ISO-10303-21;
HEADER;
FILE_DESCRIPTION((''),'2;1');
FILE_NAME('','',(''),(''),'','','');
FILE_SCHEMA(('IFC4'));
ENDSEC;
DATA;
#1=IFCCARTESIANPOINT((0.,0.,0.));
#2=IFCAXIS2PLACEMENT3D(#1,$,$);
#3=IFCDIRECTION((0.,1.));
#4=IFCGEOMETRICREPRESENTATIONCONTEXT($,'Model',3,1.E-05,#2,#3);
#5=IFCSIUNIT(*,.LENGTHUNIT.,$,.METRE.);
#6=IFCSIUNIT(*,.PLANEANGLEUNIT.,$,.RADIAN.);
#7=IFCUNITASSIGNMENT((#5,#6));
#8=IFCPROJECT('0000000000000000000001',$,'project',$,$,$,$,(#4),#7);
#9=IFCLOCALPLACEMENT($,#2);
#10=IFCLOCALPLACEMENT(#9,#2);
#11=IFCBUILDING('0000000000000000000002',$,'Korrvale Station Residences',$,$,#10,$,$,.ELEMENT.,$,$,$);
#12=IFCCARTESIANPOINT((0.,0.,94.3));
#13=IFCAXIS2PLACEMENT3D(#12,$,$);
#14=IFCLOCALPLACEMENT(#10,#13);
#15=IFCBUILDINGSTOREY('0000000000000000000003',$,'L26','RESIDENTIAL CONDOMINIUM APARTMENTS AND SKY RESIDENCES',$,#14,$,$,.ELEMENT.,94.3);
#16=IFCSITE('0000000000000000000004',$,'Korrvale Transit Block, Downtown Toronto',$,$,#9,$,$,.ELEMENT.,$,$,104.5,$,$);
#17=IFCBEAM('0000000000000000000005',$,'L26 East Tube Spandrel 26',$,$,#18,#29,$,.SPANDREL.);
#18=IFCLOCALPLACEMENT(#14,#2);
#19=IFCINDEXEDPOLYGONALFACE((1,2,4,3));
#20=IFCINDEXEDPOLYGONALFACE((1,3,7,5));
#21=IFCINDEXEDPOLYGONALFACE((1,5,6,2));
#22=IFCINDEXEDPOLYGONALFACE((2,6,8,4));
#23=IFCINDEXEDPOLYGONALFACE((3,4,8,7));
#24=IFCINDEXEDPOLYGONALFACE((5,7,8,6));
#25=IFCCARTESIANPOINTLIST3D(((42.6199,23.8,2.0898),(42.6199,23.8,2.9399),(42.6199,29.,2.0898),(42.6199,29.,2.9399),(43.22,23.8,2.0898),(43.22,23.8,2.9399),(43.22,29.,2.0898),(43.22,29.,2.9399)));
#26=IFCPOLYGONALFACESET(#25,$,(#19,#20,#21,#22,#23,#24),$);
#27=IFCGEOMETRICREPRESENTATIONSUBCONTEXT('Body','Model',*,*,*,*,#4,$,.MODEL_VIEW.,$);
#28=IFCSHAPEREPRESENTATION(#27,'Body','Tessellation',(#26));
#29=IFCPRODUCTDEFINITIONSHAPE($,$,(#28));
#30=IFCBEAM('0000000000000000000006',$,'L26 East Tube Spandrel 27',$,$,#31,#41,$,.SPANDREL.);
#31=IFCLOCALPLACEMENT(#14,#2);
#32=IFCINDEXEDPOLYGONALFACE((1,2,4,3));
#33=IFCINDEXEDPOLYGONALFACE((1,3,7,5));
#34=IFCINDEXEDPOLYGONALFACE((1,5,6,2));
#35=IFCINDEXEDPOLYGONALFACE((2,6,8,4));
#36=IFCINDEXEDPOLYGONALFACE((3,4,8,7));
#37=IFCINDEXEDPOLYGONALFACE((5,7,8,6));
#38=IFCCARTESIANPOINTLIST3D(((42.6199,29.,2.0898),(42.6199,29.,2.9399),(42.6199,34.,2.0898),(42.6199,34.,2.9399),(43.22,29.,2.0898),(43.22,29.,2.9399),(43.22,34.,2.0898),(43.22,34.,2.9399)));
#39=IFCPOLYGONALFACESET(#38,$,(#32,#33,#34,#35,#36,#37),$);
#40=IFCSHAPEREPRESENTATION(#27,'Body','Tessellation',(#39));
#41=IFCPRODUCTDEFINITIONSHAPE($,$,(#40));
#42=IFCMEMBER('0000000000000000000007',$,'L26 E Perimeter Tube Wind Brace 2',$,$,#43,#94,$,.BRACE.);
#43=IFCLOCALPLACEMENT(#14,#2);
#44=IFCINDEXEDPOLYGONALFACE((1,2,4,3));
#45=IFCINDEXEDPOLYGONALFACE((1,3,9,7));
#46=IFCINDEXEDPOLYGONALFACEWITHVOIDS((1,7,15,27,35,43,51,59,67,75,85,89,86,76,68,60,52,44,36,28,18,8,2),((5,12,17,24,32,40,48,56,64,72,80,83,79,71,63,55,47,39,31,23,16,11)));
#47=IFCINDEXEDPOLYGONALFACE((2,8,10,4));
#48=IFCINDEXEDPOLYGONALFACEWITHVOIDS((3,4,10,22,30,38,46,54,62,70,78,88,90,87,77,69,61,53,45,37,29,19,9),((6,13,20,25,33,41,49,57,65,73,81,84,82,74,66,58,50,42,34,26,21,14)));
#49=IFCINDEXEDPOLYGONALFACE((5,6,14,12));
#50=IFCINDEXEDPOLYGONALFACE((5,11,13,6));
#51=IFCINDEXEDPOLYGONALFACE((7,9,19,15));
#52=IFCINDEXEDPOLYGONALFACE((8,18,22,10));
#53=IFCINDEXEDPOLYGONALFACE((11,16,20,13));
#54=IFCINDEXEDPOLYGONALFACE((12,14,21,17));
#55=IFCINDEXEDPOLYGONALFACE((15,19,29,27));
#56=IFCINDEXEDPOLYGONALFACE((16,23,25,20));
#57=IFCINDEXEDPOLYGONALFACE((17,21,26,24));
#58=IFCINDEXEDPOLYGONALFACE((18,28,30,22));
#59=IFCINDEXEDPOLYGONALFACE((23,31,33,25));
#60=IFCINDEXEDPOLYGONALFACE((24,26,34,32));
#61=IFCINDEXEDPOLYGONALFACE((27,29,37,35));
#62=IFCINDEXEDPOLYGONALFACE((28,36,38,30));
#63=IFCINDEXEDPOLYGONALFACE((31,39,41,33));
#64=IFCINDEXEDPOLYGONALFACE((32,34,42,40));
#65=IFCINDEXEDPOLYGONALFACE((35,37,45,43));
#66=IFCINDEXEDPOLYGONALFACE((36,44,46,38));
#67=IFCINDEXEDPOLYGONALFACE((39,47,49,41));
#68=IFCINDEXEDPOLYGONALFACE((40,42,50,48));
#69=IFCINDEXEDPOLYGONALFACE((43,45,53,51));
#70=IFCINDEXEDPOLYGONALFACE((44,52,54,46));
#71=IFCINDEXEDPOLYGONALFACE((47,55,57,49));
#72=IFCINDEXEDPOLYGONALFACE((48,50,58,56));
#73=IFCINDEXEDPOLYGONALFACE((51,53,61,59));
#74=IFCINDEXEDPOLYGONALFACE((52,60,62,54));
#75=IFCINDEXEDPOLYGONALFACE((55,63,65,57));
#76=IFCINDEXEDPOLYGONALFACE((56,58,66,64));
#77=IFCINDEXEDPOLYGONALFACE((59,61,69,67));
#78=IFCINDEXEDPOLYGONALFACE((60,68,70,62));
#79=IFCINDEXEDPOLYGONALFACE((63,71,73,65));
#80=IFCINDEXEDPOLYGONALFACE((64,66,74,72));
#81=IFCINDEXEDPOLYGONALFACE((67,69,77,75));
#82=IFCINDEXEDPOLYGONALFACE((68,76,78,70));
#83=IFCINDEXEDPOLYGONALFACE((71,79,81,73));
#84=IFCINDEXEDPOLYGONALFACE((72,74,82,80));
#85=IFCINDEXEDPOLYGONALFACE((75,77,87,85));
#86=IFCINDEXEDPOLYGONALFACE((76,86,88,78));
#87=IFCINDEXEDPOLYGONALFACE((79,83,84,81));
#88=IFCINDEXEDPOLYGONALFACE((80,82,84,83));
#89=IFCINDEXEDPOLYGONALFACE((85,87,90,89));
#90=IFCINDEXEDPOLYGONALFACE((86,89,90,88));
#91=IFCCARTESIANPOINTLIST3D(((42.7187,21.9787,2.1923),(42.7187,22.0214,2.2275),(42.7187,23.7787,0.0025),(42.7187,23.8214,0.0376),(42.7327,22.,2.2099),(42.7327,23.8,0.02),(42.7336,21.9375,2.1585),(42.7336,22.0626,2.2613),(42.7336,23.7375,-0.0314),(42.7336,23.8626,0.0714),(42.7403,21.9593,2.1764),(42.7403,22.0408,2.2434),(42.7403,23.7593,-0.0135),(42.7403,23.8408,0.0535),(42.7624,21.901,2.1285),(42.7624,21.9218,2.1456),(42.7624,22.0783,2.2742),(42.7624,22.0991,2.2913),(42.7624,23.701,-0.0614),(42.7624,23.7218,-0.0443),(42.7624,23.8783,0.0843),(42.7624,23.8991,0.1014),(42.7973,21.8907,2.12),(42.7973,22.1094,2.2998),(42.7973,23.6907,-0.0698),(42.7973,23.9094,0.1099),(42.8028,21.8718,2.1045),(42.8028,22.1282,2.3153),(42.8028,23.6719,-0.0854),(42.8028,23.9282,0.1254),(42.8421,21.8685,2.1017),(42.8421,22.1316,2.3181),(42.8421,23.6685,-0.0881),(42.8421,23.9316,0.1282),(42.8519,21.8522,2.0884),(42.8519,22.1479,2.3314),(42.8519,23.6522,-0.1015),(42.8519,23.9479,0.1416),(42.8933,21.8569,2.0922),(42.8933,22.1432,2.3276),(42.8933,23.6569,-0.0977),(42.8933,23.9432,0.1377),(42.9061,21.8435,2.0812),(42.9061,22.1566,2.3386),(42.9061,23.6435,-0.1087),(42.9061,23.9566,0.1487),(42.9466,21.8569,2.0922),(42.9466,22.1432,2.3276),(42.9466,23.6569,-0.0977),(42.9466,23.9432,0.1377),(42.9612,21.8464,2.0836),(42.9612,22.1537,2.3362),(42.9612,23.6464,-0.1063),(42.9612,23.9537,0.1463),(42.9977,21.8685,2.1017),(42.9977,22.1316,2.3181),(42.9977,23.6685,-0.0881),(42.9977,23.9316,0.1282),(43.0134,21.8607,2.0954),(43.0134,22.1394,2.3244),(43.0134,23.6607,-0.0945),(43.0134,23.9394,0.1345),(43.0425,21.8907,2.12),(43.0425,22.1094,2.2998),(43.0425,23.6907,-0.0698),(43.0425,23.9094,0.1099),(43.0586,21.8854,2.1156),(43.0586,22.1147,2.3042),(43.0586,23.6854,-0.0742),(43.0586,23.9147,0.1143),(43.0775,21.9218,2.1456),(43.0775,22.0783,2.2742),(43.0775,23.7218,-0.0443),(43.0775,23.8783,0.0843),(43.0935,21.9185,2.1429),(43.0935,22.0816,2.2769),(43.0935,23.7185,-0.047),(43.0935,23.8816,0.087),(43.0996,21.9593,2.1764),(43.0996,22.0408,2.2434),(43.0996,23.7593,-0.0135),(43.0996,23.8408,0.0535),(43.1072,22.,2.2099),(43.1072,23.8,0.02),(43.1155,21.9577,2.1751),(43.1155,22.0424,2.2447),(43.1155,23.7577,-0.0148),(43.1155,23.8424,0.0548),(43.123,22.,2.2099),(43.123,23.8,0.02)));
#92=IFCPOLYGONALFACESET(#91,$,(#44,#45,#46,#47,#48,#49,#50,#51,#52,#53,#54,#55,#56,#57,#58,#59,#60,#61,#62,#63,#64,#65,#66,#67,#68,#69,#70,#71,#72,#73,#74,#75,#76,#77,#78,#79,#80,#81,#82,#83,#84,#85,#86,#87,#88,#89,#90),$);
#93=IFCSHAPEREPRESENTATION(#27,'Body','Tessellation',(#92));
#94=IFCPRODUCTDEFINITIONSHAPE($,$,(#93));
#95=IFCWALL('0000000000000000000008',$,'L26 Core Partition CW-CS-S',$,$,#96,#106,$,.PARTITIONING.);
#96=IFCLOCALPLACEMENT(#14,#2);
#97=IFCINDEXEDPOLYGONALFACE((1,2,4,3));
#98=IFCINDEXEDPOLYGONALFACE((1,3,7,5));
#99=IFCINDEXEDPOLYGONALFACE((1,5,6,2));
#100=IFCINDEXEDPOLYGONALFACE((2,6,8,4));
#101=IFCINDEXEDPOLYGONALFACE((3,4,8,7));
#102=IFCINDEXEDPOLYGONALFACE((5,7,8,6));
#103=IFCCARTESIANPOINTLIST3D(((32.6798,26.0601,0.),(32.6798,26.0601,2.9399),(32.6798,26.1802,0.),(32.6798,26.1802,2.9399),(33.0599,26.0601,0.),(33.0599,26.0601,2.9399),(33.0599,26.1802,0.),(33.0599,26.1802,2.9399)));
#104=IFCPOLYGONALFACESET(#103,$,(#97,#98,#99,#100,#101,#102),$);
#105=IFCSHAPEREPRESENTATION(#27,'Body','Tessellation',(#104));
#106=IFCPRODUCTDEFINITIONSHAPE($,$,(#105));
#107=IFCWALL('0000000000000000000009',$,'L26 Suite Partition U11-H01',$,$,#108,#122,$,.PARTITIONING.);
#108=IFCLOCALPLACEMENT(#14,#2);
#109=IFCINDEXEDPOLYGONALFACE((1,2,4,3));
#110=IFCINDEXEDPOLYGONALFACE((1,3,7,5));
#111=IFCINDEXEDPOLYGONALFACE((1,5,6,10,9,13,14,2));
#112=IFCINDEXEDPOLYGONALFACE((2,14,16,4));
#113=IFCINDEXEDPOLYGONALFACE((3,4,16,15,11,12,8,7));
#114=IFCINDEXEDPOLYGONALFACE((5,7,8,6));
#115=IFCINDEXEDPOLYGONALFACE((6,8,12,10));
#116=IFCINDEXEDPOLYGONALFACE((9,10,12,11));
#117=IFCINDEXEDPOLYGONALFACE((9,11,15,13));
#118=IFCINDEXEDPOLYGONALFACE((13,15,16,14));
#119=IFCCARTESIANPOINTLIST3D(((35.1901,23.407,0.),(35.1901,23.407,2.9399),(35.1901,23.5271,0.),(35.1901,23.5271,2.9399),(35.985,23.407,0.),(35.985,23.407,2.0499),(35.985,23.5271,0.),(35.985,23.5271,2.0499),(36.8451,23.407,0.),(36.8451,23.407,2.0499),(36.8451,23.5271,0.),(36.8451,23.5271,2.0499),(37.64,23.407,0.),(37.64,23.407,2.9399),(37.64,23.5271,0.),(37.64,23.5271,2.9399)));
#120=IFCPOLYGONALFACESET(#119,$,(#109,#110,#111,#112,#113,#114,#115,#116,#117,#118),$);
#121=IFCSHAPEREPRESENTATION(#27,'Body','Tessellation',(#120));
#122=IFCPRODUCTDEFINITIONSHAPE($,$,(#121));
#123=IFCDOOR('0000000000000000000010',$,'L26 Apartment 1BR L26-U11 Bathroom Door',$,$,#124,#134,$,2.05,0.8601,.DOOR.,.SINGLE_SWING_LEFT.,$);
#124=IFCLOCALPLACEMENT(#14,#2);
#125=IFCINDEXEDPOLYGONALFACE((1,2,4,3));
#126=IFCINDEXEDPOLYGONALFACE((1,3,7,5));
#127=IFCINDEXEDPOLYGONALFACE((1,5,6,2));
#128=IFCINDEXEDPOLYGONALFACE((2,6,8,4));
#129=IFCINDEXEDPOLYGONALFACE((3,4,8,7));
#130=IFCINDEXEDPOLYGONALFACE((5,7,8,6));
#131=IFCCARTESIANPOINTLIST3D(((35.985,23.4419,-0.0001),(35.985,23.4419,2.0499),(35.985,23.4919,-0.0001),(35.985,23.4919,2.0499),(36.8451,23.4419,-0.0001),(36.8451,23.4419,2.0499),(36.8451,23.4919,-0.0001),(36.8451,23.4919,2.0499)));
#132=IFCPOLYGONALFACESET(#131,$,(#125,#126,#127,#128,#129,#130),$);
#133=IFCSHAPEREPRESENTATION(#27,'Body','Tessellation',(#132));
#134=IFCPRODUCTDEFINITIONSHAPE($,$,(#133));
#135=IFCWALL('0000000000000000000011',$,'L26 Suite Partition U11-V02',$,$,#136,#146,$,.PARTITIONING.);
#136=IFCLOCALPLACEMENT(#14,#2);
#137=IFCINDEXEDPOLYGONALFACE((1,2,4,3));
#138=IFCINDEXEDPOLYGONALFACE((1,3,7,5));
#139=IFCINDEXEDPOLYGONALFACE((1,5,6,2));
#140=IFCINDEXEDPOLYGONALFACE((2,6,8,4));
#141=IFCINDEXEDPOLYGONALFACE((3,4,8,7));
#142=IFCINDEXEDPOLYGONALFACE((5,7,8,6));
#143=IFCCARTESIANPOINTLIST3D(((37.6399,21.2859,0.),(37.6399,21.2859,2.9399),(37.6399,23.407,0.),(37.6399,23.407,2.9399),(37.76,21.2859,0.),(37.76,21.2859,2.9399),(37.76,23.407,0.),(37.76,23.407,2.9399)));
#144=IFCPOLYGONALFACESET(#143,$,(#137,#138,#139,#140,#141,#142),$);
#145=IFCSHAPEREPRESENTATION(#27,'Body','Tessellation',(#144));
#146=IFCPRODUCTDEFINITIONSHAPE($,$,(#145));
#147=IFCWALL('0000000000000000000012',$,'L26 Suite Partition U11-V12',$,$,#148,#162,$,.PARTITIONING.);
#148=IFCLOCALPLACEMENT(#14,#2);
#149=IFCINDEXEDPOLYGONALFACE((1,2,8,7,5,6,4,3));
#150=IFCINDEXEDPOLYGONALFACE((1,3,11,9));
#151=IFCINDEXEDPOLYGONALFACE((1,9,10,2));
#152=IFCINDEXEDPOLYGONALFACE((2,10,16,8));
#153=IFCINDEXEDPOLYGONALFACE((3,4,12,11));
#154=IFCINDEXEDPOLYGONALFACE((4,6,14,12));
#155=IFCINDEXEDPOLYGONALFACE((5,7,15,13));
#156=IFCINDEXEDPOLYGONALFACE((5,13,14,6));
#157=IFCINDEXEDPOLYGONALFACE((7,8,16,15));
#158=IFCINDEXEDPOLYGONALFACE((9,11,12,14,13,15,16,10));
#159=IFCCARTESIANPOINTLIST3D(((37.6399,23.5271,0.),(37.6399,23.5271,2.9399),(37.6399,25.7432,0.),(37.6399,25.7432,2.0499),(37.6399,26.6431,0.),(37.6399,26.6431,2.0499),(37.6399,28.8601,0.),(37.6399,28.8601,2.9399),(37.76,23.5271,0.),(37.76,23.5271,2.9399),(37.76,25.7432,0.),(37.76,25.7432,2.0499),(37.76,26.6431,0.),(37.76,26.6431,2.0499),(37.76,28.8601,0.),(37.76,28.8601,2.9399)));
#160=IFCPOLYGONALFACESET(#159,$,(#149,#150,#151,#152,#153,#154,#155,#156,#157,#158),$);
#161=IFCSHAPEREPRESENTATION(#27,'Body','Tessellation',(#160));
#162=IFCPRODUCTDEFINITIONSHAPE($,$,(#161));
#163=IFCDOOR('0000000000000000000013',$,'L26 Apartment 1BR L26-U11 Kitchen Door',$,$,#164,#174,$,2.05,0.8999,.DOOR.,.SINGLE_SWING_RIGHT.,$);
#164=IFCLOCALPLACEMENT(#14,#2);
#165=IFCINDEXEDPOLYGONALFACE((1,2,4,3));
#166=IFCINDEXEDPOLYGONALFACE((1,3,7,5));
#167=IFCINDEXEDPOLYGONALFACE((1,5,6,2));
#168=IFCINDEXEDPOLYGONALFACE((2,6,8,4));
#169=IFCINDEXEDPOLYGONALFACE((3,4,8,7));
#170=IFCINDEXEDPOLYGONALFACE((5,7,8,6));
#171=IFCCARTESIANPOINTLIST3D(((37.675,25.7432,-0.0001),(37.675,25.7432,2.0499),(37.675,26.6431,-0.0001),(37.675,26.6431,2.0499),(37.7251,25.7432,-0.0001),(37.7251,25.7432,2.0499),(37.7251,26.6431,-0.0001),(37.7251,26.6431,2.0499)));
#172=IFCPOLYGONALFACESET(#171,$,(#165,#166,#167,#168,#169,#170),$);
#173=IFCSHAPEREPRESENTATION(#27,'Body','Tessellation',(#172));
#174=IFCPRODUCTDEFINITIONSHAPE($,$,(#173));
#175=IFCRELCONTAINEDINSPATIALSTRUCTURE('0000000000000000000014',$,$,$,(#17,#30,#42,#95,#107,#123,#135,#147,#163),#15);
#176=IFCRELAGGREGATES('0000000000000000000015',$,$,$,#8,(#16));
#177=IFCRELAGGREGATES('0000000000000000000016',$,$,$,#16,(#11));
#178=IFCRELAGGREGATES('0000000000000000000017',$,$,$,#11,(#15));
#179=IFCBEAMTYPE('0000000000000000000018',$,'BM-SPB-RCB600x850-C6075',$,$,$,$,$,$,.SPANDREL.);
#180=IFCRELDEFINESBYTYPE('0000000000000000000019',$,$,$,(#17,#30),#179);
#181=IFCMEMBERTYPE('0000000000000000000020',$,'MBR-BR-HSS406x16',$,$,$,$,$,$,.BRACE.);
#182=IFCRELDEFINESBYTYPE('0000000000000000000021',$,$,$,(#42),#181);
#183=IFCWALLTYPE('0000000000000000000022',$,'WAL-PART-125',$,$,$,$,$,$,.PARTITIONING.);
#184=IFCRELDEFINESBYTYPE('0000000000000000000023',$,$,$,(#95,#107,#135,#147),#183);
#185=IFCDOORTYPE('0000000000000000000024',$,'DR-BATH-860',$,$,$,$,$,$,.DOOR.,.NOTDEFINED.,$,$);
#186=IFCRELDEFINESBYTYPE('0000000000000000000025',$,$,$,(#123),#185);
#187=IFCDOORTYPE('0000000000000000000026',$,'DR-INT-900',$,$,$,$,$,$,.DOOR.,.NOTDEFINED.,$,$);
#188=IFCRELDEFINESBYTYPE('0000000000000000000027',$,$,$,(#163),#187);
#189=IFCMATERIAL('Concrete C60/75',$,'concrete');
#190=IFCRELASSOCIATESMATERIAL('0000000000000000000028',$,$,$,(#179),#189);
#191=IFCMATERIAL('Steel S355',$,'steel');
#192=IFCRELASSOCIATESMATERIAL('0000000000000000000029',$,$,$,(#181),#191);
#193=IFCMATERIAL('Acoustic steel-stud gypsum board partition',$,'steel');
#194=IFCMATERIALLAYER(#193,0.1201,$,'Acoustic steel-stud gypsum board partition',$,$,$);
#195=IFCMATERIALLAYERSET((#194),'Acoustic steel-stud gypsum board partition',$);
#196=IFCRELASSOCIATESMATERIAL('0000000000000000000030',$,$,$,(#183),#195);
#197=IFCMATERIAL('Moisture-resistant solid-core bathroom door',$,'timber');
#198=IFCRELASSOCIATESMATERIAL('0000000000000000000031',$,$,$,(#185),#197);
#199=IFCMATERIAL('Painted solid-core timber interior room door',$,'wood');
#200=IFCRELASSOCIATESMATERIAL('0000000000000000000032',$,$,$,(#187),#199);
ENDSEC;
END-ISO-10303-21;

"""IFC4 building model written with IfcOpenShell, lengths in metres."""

from ifc_helpers import new_model, si_unit, direction, frame, frame_2d, origin, origin_2d, place, context, subcontext, project, spatial, rectangle, hollow_circle, extrude, material, layer, layer_set, material_profile, profile_set, type_object, element, fill, save


model = new_model("IFC4")

# Units and contexts
model_context = context("Model", 3, precision=1e-05, world=origin(), true_north=direction((0.0, 1.0)))
body_context = subcontext(model_context, "Body", "Model", "MODEL_VIEW")
ifc_project = project(units=[si_unit("LENGTHUNIT", "METRE"), si_unit("PLANEANGLEUNIT", "RADIAN")], contexts=[model_context])

# Site, building, storey
site_placement = place(None, origin())
site = spatial("IfcSite", under=ifc_project, at=site_placement, Name="Korrvale Transit Block, Downtown Toronto", CompositionType="ELEMENT", RefElevation=104.5)
building_placement = place(site_placement, origin())
building = spatial("IfcBuilding", under=site, at=building_placement, Name="Korrvale Station Residences", CompositionType="ELEMENT")
storey_placement = place(building_placement, frame((0.0, 0.0, 94.3)))
storey = spatial("IfcBuildingStorey", under=building, at=storey_placement, Name="L26", Description="RESIDENTIAL CONDOMINIUM APARTMENTS AND SKY RESIDENCES", CompositionType="ELEMENT", Elevation=94.3)

# Shared definitions
ifc_material_1 = material(Name="Concrete C60/75", Category="concrete")

# Beams
ifc_material_2 = material(Name="Steel S355", Category="steel")
ifc_material_profile_1 = material_profile(ifc_material_1, rectangle(XDim=0.6001, YDim=0.8501, at=origin_2d()), Name="RCB600x850")
ifc_profile_set_1 = profile_set([ifc_material_profile_1], Name="Concrete C60/75")
beam_type_1 = type_object("IfcBeamType", Name="BM-SPB-RCB600x850-C6075", PredefinedType="SPANDREL", material=ifc_profile_set_1)
beam_1_placement = place(storey_placement, frame((42.9199, 23.8, 2.5149), z_axis=(0.0, 1.0, 0.0), x_axis=(-1.0, 0.0, 0.0)))
element("IfcBeam", 1, at=beam_1_placement, inside=storey, type_object=beam_type_1, Name="L26 East Tube Spandrel 26", PredefinedType="SPANDREL", context=body_context, shape_type="SweptSolid", body=[
    extrude(rectangle(XDim=0.6001, YDim=0.8501, at=origin_2d()), origin(), (0.0, 0.0, 1.0), 5.2),
])
beam_2_placement = place(storey_placement, frame((42.9199, 29.0, 2.5149), z_axis=(0.0, 1.0, 0.0), x_axis=(-1.0, 0.0, 0.0)))
element("IfcBeam", 2, at=beam_2_placement, inside=storey, type_object=beam_type_1, Name="L26 East Tube Spandrel 27", PredefinedType="SPANDREL", context=body_context, shape_type="SweptSolid", body=[
    extrude(rectangle(XDim=0.6001, YDim=0.8501, at=origin_2d()), origin(), (0.0, 0.0, 1.0), 5.0),
])

# Member
ifc_material_profile_2 = material_profile(ifc_material_2, hollow_circle(Radius=0.2031, WallThickness=0.0159, at=origin_2d()), Name="HSS406x16")
ifc_profile_set_2 = profile_set([ifc_material_profile_2], Name="Steel S355")
member_type = type_object("IfcMemberType", Name="MBR-BR-HSS406x16", PredefinedType="BRACE", material=ifc_profile_set_2)
member_placement = place(storey_placement, frame((42.9199, 23.8, 0.02), z_axis=(0.0, -0.634985, 0.772524), x_axis=(1.0, 0.0, 0.0)))
element("IfcMember", 3, at=member_placement, inside=storey, type_object=member_type, Name="L26 E Perimeter Tube Wind Brace 2", PredefinedType="BRACE", context=body_context, shape_type="SweptSolid", body=[
    extrude(hollow_circle(Radius=0.2031, WallThickness=0.0159, at=origin_2d()), origin(), (0.0, 0.0, 1.0), 2.8347),
])

# Wall
ifc_material_3 = material(Name="Acoustic steel-stud gypsum board partition", Category="steel")
ifc_layer_1 = layer(ifc_material_3, 0.1201, Name="Acoustic steel-stud gypsum board partition")
ifc_layer_set_1 = layer_set([ifc_layer_1], Name="Acoustic steel-stud gypsum board partition")
wall_type_1 = type_object("IfcWallType", Name="WAL-PART-125", PredefinedType="PARTITIONING", material=ifc_layer_set_1)
wall_1_placement = place(storey_placement, frame((32.6799, 26.1201, 0.0), z_axis=(0.0, 0.0, 1.0), x_axis=(1.0, 0.0, 0.0)))
element("IfcWall", 4, at=wall_1_placement, inside=storey, type_object=wall_type_1, Name="L26 Core Partition CW-CS-S", PredefinedType="PARTITIONING", context=body_context, shape_type="SweptSolid", body=[
    extrude(rectangle(XDim=0.3801, YDim=0.1201, at=frame_2d((0.1899, 0.0))), origin(), (0.0, 0.0, 1.0), 2.9399),
])

# Wall, opening, door
wall_2_placement = place(storey_placement, frame((35.1899, 23.467, 0.0), z_axis=(0.0, 0.0, 1.0), x_axis=(1.0, 0.0, 0.0)))
wall_2 = element("IfcWall", 5, at=wall_2_placement, inside=storey, type_object=wall_type_1, Name="L26 Suite Partition U11-H01", PredefinedType="PARTITIONING", context=body_context, shape_type="SweptSolid", body=[
    extrude(rectangle(XDim=2.45, YDim=0.1201, at=frame_2d((1.2251, 0.0))), origin(), (0.0, 0.0, 1.0), 2.9399),
])
opening_1_placement = place(wall_2_placement, frame((0.7949, 0.0, 0.0)))
opening_1 = element("IfcOpeningElement", 6, at=opening_1_placement, cuts=wall_2, PredefinedType="OPENING", context=body_context, shape_type="SweptSolid", body=[
    extrude(rectangle(XDim=0.8601, YDim=2.05, at=frame_2d((0.4302, 1.0249))), frame((0.0, 0.0701, 0.0), z_axis=(0.0, -1.0, 0.0), x_axis=(1.0, 0.0, 0.0)), (0.0, 0.0, 1.0), 0.1401),
])
ifc_material_4 = material(Name="Moisture-resistant solid-core bathroom door", Category="timber")
door_type_1 = type_object("IfcDoorType", Name="DR-BATH-860", OperationType="NOTDEFINED", PredefinedType="DOOR", material=ifc_material_4)
door_1_placement = place(opening_1_placement, origin())
door_1 = element("IfcDoor", 7, at=door_1_placement, inside=storey, type_object=door_type_1, Name="L26 Apartment 1BR L26-U11 Bathroom Door", OperationType="SINGLE_SWING_LEFT", OverallHeight=2.05, OverallWidth=0.8601, PredefinedType="DOOR", context=body_context, shape_type="SweptSolid", body=[
    extrude(rectangle(XDim=0.8601, YDim=2.05, at=frame_2d((0.4302, 1.0249))), frame((0.0, 0.0249, 0.0), z_axis=(0.0, -1.0, 0.0), x_axis=(1.0, 0.0, 0.0)), (0.0, 0.0, 1.0), 0.05),
])
fill(opening_1, door_1)

# Wall
wall_3_placement = place(storey_placement, frame((37.7, 21.2859, 0.0), z_axis=(0.0, 0.0, 1.0), x_axis=(0.0, 1.0, 0.0)))
element("IfcWall", 8, at=wall_3_placement, inside=storey, type_object=wall_type_1, Name="L26 Suite Partition U11-V02", PredefinedType="PARTITIONING", context=body_context, shape_type="SweptSolid", body=[
    extrude(rectangle(XDim=2.1211, YDim=0.1201, at=frame_2d((1.0605, 0.0))), origin(), (0.0, 0.0, 1.0), 2.9399),
])

# Wall, opening, door
wall_4_placement = place(storey_placement, frame((37.7, 23.5271, 0.0), z_axis=(0.0, 0.0, 1.0), x_axis=(0.0, 1.0, 0.0)))
wall_4 = element("IfcWall", 9, at=wall_4_placement, inside=storey, type_object=wall_type_1, Name="L26 Suite Partition U11-V12", PredefinedType="PARTITIONING", context=body_context, shape_type="SweptSolid", body=[
    extrude(rectangle(XDim=5.333, YDim=0.1201, at=frame_2d((2.6665, 0.0))), origin(), (0.0, 0.0, 1.0), 2.9399),
])
opening_2_placement = place(wall_4_placement, frame((2.2161, 0.0, 0.0)))
opening_2 = element("IfcOpeningElement", 10, at=opening_2_placement, cuts=wall_4, PredefinedType="OPENING", context=body_context, shape_type="SweptSolid", body=[
    extrude(rectangle(XDim=0.8999, YDim=2.05, at=frame_2d((0.45, 1.0249))), frame((0.0, 0.0701, 0.0), z_axis=(0.0, -1.0, 0.0), x_axis=(1.0, 0.0, 0.0)), (0.0, 0.0, 1.0), 0.1401),
])
ifc_material_5 = material(Name="Painted solid-core timber interior room door", Category="wood")
door_type_2 = type_object("IfcDoorType", Name="DR-INT-900", OperationType="NOTDEFINED", PredefinedType="DOOR", material=ifc_material_5)
door_2_placement = place(opening_2_placement, origin())
door_2 = element("IfcDoor", 11, at=door_2_placement, inside=storey, type_object=door_type_2, Name="L26 Apartment 1BR L26-U11 Kitchen Door", OperationType="SINGLE_SWING_RIGHT", OverallHeight=2.05, OverallWidth=0.8999, PredefinedType="DOOR", context=body_context, shape_type="SweptSolid", body=[
    extrude(rectangle(XDim=0.8999, YDim=2.05, at=frame_2d((0.45, 1.0249))), frame((0.0, 0.0249, 0.0), z_axis=(0.0, -1.0, 0.0), x_axis=(1.0, 0.0, 0.0)), (0.0, 0.0, 1.0), 0.05),
])
fill(opening_2, door_2)

save(model, "model.ifc")
